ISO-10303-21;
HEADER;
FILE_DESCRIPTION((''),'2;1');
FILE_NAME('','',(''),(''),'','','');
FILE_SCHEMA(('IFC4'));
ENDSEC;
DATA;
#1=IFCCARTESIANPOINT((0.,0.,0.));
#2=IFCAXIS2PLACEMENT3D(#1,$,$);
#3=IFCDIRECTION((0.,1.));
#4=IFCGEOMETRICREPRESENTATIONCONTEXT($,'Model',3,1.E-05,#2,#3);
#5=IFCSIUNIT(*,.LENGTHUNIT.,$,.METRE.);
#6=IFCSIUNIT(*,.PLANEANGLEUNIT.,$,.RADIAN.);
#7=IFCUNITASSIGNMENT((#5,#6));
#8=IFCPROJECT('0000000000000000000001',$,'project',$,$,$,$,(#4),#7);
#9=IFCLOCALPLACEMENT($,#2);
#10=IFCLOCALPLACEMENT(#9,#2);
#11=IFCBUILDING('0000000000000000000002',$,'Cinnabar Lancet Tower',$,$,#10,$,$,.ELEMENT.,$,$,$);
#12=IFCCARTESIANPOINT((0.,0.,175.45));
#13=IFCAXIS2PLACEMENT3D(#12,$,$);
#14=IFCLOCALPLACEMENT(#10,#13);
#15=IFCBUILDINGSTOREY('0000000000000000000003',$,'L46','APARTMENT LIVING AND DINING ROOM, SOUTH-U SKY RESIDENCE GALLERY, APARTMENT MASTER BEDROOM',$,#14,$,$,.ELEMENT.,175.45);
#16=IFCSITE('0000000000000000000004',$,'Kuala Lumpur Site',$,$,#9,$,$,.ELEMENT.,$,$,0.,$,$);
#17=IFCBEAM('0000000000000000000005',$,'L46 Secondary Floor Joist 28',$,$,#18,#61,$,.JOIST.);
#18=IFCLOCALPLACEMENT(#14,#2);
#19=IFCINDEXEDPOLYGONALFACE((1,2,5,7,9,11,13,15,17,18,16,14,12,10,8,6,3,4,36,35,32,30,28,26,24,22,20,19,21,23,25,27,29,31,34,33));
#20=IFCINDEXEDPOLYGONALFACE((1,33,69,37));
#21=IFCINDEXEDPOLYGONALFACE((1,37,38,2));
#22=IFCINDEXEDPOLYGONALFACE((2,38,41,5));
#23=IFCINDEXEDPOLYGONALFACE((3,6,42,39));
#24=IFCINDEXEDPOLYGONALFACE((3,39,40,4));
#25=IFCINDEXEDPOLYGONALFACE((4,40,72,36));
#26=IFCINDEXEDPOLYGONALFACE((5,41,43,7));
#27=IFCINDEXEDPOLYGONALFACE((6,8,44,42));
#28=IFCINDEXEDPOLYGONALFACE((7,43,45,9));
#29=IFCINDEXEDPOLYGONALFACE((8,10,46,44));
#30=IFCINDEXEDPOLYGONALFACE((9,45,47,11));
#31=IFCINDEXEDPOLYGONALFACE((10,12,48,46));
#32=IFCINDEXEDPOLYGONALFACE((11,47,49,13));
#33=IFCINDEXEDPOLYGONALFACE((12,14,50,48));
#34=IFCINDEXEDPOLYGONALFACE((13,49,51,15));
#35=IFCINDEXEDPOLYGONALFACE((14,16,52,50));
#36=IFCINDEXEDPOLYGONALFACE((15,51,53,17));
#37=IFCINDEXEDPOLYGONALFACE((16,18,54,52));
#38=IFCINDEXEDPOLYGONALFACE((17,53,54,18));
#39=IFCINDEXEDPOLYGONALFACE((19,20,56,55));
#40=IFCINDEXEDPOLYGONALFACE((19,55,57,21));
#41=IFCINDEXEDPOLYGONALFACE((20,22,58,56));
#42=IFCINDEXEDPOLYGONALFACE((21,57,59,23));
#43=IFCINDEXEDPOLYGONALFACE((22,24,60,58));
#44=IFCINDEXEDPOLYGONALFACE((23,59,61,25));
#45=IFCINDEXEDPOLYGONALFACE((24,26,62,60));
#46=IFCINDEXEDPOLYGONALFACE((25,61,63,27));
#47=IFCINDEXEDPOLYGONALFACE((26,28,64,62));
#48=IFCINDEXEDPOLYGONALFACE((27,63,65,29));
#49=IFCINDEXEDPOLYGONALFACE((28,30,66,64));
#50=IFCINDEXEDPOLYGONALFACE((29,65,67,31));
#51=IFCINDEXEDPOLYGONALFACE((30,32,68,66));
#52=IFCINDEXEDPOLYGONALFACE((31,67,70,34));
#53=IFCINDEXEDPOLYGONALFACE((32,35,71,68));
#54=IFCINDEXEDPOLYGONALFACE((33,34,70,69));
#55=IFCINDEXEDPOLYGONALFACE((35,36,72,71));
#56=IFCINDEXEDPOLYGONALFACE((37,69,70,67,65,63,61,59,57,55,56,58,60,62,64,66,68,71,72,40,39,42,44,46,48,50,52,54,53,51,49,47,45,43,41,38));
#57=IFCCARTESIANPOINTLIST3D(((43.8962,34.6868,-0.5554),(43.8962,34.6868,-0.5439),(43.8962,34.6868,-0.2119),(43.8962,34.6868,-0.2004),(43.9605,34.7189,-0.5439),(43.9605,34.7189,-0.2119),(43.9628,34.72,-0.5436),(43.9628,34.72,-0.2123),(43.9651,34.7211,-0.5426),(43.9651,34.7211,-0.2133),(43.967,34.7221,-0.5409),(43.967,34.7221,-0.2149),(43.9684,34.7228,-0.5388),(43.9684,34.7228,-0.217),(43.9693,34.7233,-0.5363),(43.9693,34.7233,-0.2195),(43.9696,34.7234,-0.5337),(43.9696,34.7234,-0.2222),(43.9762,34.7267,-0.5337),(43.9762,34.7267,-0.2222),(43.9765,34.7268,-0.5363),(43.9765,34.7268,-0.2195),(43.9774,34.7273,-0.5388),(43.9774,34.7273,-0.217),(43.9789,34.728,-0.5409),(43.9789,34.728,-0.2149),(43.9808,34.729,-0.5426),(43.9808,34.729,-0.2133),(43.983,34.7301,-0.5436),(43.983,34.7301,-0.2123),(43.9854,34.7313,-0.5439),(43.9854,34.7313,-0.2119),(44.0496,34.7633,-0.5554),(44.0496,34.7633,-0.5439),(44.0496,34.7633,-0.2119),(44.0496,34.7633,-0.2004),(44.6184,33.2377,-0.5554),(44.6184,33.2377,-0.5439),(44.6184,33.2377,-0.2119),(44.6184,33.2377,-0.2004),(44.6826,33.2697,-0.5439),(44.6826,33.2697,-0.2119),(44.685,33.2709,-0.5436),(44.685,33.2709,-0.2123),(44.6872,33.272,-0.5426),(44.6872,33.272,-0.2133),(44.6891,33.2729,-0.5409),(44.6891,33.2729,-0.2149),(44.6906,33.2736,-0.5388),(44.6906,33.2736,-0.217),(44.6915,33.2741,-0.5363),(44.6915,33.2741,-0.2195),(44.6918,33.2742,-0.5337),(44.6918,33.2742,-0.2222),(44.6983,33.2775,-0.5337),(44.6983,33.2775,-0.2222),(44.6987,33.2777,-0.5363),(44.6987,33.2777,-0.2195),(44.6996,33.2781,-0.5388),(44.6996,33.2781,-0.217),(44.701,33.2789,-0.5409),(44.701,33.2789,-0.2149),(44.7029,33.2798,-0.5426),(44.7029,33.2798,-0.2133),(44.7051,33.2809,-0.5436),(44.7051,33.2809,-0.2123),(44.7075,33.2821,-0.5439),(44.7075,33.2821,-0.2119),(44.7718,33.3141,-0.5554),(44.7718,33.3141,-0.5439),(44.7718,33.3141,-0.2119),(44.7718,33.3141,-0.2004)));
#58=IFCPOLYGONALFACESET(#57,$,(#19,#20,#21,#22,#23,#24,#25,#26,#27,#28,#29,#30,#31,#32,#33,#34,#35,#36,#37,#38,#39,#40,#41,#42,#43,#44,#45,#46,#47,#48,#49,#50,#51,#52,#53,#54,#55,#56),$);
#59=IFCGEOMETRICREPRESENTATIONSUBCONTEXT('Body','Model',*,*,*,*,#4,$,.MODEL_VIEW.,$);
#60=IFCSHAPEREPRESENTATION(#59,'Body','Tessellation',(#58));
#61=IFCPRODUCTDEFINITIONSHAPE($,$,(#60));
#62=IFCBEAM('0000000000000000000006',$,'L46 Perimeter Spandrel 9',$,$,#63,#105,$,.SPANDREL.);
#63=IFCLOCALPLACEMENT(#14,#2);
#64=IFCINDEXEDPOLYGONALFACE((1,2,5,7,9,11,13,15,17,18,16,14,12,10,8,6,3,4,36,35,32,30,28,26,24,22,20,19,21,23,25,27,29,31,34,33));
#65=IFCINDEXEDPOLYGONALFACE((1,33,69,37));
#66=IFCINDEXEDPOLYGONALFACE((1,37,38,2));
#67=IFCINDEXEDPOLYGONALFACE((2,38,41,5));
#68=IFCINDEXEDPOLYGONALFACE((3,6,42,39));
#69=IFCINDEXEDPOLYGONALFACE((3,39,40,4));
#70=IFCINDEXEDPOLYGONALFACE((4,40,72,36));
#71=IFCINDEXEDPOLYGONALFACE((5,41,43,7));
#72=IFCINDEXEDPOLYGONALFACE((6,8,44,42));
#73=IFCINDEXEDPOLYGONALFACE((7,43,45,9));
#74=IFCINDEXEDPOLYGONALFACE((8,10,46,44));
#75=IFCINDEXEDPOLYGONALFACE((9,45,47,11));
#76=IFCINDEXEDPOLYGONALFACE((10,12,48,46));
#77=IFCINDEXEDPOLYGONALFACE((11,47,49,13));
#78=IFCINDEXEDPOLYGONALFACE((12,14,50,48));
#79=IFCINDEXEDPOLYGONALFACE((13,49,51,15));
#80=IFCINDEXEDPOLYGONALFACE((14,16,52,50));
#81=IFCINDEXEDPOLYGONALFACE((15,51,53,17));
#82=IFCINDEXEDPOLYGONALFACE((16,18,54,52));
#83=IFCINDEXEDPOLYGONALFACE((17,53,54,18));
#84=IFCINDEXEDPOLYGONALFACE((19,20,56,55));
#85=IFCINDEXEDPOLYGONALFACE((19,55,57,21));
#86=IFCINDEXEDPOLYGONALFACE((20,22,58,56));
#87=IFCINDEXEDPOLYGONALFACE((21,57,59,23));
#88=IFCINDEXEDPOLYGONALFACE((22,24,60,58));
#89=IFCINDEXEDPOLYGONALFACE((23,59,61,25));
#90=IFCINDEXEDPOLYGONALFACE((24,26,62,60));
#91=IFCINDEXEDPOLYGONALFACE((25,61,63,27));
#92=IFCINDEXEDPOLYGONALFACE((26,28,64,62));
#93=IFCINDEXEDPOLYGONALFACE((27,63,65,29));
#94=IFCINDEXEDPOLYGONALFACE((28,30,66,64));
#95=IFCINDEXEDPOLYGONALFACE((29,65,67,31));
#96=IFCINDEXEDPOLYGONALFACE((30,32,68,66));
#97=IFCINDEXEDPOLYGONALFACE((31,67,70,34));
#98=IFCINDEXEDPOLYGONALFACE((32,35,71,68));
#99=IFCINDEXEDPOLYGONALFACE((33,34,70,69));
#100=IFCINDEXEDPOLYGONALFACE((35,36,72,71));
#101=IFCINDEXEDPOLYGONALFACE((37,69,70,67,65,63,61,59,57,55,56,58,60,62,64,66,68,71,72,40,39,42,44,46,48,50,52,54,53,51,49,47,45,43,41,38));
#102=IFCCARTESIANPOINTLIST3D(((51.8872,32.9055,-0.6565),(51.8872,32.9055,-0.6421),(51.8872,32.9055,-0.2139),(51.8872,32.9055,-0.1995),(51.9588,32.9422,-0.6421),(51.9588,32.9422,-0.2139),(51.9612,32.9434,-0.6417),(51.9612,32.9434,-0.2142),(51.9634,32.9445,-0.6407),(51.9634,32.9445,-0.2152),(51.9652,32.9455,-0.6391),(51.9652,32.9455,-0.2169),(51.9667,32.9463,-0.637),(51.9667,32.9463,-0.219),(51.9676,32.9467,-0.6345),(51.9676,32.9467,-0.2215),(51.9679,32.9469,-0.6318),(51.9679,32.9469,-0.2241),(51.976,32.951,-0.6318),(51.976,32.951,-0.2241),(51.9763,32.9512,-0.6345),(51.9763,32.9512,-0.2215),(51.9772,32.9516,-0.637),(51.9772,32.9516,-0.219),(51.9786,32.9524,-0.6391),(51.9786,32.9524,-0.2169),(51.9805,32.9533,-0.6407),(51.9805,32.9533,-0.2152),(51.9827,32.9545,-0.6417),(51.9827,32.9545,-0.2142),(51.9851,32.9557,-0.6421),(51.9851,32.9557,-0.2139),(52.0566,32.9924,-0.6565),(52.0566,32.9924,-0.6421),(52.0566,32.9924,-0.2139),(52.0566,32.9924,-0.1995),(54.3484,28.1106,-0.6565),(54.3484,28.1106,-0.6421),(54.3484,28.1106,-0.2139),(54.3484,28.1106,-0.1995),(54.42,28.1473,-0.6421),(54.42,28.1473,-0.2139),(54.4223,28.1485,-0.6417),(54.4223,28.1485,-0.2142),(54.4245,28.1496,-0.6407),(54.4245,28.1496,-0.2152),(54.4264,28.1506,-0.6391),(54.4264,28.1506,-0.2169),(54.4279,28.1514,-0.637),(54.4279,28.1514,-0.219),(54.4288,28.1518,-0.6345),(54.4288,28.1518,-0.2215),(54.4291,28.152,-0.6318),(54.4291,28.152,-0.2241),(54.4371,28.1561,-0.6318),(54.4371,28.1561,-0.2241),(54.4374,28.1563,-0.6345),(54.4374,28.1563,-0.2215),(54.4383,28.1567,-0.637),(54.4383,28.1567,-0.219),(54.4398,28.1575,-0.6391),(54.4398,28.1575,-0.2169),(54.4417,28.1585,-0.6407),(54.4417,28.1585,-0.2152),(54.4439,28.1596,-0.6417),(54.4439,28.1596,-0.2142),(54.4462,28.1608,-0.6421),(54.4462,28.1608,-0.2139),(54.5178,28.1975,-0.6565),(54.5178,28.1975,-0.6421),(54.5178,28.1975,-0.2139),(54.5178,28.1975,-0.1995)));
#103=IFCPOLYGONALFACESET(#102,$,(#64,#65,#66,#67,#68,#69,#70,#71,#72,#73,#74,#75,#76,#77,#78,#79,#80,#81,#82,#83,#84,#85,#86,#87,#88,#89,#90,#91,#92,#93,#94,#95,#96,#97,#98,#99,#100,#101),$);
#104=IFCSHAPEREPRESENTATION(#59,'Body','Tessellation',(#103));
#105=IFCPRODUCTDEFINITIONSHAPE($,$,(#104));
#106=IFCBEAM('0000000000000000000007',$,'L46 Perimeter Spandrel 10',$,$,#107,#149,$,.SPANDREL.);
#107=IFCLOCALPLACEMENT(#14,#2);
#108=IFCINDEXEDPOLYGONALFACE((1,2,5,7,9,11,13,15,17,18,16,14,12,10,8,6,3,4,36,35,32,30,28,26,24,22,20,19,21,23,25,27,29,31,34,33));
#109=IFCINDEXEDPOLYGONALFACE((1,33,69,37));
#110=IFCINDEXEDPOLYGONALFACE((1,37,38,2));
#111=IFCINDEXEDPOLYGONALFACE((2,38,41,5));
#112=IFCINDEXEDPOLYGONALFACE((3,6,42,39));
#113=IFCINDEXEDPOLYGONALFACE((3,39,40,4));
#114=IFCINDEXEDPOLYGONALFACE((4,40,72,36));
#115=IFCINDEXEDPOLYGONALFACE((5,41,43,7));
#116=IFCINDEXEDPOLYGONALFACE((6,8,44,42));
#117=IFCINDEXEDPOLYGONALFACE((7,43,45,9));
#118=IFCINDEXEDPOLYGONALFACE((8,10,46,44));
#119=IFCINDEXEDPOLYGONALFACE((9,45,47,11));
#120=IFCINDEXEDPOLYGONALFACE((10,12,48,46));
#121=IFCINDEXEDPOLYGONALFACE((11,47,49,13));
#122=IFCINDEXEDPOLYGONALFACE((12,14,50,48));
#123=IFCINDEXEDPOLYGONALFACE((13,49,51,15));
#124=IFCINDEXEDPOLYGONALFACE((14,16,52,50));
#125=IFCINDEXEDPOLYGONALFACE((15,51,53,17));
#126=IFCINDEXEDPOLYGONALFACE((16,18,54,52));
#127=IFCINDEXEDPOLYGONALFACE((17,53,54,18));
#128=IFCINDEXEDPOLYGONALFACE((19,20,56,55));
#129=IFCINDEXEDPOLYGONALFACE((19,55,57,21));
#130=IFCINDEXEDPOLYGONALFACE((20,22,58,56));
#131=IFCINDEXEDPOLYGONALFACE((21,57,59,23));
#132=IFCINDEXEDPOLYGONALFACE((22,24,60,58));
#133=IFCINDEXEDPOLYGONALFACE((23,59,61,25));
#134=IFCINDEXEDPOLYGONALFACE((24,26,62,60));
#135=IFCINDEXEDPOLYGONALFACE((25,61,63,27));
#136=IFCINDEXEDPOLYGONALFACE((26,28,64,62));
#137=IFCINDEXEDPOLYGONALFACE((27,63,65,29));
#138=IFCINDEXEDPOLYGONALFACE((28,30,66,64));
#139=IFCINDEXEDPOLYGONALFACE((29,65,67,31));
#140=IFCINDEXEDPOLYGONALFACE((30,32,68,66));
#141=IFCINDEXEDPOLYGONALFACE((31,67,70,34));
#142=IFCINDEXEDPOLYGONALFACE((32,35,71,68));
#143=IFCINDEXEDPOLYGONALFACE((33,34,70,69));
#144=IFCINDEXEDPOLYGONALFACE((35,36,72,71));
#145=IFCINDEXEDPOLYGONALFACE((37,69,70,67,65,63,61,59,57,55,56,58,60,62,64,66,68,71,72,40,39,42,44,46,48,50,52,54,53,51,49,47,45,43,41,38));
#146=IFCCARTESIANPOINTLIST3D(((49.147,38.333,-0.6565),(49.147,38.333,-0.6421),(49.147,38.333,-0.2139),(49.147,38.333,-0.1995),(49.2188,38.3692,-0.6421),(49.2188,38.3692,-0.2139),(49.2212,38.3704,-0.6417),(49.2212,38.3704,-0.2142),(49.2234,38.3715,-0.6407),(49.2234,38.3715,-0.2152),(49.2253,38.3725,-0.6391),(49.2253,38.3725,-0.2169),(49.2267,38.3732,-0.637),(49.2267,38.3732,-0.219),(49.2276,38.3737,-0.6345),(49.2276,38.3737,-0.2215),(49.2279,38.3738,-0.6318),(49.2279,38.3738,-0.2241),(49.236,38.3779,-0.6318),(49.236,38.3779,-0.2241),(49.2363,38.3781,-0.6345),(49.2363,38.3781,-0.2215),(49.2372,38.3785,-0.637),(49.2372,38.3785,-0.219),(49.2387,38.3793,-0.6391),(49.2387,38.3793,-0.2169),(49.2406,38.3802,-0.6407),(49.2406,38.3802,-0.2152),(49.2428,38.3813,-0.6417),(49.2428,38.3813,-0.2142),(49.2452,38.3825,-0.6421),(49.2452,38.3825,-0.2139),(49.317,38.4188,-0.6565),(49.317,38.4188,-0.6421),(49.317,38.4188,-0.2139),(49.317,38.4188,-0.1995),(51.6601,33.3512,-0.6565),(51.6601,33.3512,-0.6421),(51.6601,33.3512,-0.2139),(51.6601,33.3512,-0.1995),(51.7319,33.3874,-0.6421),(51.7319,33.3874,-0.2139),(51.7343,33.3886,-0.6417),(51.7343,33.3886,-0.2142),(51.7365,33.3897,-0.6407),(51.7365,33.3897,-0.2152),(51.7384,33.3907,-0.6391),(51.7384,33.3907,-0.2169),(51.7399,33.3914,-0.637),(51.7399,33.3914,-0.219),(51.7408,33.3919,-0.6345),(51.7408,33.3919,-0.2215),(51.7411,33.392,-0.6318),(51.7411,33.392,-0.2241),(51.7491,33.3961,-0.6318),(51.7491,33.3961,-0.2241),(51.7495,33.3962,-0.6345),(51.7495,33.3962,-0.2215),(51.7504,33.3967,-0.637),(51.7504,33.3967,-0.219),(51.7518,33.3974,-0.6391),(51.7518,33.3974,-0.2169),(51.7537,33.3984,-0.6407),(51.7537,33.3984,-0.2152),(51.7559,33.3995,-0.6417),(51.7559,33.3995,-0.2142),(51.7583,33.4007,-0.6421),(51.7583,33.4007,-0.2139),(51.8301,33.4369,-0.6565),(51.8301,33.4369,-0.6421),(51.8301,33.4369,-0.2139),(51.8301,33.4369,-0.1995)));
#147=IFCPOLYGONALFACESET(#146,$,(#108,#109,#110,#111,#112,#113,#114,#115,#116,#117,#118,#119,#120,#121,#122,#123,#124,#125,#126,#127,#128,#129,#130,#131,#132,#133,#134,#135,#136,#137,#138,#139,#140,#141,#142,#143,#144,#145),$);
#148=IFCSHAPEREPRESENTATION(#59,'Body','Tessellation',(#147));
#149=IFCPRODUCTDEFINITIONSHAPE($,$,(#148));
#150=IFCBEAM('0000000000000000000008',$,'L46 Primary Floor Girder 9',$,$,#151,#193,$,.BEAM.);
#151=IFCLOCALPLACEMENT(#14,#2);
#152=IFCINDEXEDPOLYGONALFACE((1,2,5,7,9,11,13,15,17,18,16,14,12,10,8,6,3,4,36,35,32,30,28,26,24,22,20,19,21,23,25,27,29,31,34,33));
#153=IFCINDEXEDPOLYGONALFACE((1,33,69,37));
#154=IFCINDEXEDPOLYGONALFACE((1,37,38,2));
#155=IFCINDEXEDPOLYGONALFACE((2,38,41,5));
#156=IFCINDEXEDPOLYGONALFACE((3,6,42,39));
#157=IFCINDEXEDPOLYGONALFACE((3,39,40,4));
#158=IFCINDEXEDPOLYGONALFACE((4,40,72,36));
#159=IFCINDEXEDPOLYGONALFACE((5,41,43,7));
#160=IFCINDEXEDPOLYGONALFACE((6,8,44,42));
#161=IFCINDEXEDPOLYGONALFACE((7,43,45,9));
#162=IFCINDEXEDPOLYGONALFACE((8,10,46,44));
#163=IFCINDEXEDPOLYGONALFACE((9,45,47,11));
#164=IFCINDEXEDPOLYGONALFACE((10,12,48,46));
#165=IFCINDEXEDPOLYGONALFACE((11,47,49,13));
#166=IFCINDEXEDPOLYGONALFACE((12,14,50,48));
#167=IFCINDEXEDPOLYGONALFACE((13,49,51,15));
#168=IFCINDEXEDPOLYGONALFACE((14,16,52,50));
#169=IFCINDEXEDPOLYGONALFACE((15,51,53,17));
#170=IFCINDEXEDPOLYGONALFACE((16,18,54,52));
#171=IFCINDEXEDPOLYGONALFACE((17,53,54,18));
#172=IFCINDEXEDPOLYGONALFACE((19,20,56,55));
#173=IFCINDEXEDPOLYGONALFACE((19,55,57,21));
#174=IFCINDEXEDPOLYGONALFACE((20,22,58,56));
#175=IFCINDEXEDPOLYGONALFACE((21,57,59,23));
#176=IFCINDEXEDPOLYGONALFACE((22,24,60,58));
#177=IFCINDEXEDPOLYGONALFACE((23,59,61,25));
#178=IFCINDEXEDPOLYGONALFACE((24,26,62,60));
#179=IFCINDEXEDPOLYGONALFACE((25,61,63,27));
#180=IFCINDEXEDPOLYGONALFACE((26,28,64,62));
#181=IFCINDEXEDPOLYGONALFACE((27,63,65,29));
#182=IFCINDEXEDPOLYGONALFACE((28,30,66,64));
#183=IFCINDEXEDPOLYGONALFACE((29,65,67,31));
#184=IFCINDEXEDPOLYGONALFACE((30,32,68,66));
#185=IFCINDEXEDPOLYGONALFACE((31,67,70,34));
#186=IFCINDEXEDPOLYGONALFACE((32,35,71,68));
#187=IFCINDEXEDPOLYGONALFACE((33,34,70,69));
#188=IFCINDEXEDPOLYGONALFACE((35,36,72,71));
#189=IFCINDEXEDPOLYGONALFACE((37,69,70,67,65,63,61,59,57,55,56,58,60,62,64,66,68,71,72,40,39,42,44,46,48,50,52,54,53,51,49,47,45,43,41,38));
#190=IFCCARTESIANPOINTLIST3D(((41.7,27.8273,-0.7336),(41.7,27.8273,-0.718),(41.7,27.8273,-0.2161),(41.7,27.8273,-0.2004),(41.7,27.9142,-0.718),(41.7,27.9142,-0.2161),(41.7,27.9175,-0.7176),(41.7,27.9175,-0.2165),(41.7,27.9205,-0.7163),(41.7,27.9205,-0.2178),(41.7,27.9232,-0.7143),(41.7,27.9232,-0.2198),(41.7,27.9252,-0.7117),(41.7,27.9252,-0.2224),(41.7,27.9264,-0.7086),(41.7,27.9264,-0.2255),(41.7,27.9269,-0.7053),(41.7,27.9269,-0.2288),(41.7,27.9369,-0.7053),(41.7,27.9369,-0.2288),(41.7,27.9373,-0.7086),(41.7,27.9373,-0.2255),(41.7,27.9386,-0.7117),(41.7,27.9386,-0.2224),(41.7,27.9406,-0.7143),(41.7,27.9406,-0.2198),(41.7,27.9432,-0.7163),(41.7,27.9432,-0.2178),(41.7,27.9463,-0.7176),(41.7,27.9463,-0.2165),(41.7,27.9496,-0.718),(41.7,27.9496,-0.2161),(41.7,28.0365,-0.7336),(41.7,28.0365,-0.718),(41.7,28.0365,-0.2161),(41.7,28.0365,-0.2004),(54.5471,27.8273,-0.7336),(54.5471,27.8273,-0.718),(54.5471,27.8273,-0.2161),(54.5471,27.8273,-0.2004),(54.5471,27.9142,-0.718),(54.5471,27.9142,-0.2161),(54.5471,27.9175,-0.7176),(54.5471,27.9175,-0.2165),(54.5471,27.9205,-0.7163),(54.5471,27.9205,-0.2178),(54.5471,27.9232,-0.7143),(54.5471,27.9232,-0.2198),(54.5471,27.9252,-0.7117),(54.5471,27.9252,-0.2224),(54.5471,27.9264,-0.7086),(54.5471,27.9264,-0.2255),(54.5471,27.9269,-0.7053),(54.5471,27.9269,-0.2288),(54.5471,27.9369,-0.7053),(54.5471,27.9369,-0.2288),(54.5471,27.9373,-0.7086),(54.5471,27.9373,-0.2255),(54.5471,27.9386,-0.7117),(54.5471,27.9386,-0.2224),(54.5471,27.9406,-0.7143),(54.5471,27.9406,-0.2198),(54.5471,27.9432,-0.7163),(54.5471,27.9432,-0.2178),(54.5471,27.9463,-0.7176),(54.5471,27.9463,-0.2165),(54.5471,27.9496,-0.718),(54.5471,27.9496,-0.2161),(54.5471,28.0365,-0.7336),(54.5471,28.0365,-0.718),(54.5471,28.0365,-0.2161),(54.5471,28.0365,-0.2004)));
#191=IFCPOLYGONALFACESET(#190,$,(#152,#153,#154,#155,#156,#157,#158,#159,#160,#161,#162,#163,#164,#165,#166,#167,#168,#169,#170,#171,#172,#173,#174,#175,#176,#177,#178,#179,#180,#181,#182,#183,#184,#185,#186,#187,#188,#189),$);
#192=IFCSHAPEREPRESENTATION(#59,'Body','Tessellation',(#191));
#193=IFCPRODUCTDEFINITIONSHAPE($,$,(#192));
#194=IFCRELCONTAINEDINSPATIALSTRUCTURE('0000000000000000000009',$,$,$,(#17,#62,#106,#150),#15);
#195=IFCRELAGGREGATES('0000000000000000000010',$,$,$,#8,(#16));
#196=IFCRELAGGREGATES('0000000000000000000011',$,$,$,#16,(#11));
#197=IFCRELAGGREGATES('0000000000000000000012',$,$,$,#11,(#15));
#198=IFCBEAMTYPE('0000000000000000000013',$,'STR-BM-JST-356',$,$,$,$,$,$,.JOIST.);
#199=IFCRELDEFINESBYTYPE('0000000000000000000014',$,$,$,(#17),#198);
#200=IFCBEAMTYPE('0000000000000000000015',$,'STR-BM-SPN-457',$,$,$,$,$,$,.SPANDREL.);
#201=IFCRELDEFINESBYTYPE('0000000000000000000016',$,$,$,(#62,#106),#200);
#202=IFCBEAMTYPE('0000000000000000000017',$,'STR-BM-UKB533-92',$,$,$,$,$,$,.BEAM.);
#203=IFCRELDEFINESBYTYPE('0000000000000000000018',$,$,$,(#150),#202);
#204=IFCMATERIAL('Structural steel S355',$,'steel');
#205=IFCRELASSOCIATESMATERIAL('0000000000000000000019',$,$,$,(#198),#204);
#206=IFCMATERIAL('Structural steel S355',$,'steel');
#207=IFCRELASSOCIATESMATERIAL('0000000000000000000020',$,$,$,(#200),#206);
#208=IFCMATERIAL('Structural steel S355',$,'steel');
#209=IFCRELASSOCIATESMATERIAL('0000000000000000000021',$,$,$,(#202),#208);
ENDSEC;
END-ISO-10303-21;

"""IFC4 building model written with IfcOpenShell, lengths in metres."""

from ifc_helpers import new_model, si_unit, direction, frame, origin, origin_2d, place, context, subcontext, project, spatial, i_section, extrude, material, material_profile, profile_set, type_object, element, save


model = new_model("IFC4")

# Units and contexts
model_context = context("Model", 3, precision=1e-05, world=origin(), true_north=direction((0.0, 1.0)))
body_context = subcontext(model_context, "Body", "Model", "MODEL_VIEW")
ifc_project = project(units=[si_unit("LENGTHUNIT", "METRE"), si_unit("PLANEANGLEUNIT", "RADIAN")], contexts=[model_context])

# Site, building, storey
site_placement = place(None, origin())
site = spatial("IfcSite", under=ifc_project, at=site_placement, Name="Kuala Lumpur Site", CompositionType="ELEMENT", RefElevation=0.0)
building_placement = place(site_placement, origin())
building = spatial("IfcBuilding", under=site, at=building_placement, Name="Cinnabar Lancet Tower", CompositionType="ELEMENT")
storey_placement = place(building_placement, frame((0.0, 0.0, 175.45)))
storey = spatial("IfcBuildingStorey", under=building, at=storey_placement, Name="L46", Description="APARTMENT LIVING AND DINING ROOM, SOUTH-U SKY RESIDENCE GALLERY, APARTMENT MASTER BEDROOM", CompositionType="ELEMENT", Elevation=175.45)

# Beams
ifc_material_1 = material(Name="Structural steel S355", Category="steel")
ifc_material_profile_1 = material_profile(ifc_material_1, i_section(OverallWidth=0.1714, OverallDepth=0.355, WebThickness=0.0073, FlangeThickness=0.0115, FilletRadius=0.0103, at=origin_2d()), Name="UKB 356x171x51")
ifc_profile_set_1 = profile_set([ifc_material_profile_1], Name="Structural steel S355")
beam_type_1 = type_object("IfcBeamType", Name="STR-BM-JST-356", PredefinedType="JOIST", material=ifc_profile_set_1)
beam_1_placement = place(storey_placement, frame((44.6951, 33.2759, -0.3779), z_axis=(-0.446007, 0.895029, 0.0), x_axis=(-0.895029, -0.446007, 0.0)))
element("IfcBeam", 1, at=beam_1_placement, inside=storey, type_object=beam_type_1, Name="L46 Secondary Floor Joist 28", PredefinedType="JOIST", context=body_context, shape_type="SweptSolid", body=[
    extrude(i_section(OverallWidth=0.1714, OverallDepth=0.355, WebThickness=0.0073, FlangeThickness=0.0115, FilletRadius=0.0103, at=origin_2d()), origin(), (0.0, 0.0, 1.0), 1.6191),
])
ifc_material_2 = material(Name="Structural steel S355", Category="steel")
ifc_material_profile_2 = material_profile(ifc_material_2, i_section(OverallWidth=0.1904, OverallDepth=0.457, WebThickness=0.009, FlangeThickness=0.0144, FilletRadius=0.0103, at=origin_2d()), Name="UKB 457x191x74")
ifc_profile_set_2 = profile_set([ifc_material_profile_2], Name="Structural steel S355")
beam_type_2 = type_object("IfcBeamType", Name="STR-BM-SPN-457", PredefinedType="SPANDREL", material=ifc_profile_set_2)
beam_2_placement = place(storey_placement, frame((54.4331, 28.1541, -0.428), z_axis=(-0.456647, 0.889648, 0.0), x_axis=(-0.889648, -0.456647, 0.0)))
element("IfcBeam", 2, at=beam_2_placement, inside=storey, type_object=beam_type_2, Name="L46 Perimeter Spandrel 9", PredefinedType="SPANDREL", context=body_context, shape_type="SweptSolid", body=[
    extrude(i_section(OverallWidth=0.1904, OverallDepth=0.457, WebThickness=0.009, FlangeThickness=0.0144, FilletRadius=0.0103, at=origin_2d()), origin(), (0.0, 0.0, 1.0), 5.3896),
])
beam_3_placement = place(storey_placement, frame((51.7451, 33.394, -0.428), z_axis=(-0.450396, 0.892829, 0.0), x_axis=(-0.892829, -0.450396, 0.0)))
element("IfcBeam", 3, at=beam_3_placement, inside=storey, type_object=beam_type_2, Name="L46 Perimeter Spandrel 10", PredefinedType="SPANDREL", context=body_context, shape_type="SweptSolid", body=[
    extrude(i_section(OverallWidth=0.1904, OverallDepth=0.457, WebThickness=0.009, FlangeThickness=0.0144, FilletRadius=0.0103, at=origin_2d()), origin(), (0.0, 0.0, 1.0), 5.5798),
])
ifc_material_3 = material(Name="Structural steel S355", Category="steel")
ifc_material_profile_3 = material_profile(ifc_material_3, i_section(OverallWidth=0.2092, OverallDepth=0.5332, WebThickness=0.01, FlangeThickness=0.0156, FilletRadius=0.0127, at=origin_2d()), Name="UKB 533x210x92")
ifc_profile_set_3 = profile_set([ifc_material_profile_3], Name="Structural steel S355")
beam_type_3 = type_object("IfcBeamType", Name="STR-BM-UKB533-92", PredefinedType="BEAM", material=ifc_profile_set_3)
beam_4_placement = place(storey_placement, frame((54.5471, 27.9319, -0.467), z_axis=(-1.0, 0.0, 0.0), x_axis=(0.0, -1.0, 0.0)))
element("IfcBeam", 4, at=beam_4_placement, inside=storey, type_object=beam_type_3, Name="L46 Primary Floor Girder 9", PredefinedType="BEAM", context=body_context, shape_type="SweptSolid", body=[
    extrude(i_section(OverallWidth=0.2092, OverallDepth=0.5332, WebThickness=0.01, FlangeThickness=0.0156, FilletRadius=0.0127, at=origin_2d()), origin(), (0.0, 0.0, 1.0), 12.8472),
])

save(model, "model.ifc")
